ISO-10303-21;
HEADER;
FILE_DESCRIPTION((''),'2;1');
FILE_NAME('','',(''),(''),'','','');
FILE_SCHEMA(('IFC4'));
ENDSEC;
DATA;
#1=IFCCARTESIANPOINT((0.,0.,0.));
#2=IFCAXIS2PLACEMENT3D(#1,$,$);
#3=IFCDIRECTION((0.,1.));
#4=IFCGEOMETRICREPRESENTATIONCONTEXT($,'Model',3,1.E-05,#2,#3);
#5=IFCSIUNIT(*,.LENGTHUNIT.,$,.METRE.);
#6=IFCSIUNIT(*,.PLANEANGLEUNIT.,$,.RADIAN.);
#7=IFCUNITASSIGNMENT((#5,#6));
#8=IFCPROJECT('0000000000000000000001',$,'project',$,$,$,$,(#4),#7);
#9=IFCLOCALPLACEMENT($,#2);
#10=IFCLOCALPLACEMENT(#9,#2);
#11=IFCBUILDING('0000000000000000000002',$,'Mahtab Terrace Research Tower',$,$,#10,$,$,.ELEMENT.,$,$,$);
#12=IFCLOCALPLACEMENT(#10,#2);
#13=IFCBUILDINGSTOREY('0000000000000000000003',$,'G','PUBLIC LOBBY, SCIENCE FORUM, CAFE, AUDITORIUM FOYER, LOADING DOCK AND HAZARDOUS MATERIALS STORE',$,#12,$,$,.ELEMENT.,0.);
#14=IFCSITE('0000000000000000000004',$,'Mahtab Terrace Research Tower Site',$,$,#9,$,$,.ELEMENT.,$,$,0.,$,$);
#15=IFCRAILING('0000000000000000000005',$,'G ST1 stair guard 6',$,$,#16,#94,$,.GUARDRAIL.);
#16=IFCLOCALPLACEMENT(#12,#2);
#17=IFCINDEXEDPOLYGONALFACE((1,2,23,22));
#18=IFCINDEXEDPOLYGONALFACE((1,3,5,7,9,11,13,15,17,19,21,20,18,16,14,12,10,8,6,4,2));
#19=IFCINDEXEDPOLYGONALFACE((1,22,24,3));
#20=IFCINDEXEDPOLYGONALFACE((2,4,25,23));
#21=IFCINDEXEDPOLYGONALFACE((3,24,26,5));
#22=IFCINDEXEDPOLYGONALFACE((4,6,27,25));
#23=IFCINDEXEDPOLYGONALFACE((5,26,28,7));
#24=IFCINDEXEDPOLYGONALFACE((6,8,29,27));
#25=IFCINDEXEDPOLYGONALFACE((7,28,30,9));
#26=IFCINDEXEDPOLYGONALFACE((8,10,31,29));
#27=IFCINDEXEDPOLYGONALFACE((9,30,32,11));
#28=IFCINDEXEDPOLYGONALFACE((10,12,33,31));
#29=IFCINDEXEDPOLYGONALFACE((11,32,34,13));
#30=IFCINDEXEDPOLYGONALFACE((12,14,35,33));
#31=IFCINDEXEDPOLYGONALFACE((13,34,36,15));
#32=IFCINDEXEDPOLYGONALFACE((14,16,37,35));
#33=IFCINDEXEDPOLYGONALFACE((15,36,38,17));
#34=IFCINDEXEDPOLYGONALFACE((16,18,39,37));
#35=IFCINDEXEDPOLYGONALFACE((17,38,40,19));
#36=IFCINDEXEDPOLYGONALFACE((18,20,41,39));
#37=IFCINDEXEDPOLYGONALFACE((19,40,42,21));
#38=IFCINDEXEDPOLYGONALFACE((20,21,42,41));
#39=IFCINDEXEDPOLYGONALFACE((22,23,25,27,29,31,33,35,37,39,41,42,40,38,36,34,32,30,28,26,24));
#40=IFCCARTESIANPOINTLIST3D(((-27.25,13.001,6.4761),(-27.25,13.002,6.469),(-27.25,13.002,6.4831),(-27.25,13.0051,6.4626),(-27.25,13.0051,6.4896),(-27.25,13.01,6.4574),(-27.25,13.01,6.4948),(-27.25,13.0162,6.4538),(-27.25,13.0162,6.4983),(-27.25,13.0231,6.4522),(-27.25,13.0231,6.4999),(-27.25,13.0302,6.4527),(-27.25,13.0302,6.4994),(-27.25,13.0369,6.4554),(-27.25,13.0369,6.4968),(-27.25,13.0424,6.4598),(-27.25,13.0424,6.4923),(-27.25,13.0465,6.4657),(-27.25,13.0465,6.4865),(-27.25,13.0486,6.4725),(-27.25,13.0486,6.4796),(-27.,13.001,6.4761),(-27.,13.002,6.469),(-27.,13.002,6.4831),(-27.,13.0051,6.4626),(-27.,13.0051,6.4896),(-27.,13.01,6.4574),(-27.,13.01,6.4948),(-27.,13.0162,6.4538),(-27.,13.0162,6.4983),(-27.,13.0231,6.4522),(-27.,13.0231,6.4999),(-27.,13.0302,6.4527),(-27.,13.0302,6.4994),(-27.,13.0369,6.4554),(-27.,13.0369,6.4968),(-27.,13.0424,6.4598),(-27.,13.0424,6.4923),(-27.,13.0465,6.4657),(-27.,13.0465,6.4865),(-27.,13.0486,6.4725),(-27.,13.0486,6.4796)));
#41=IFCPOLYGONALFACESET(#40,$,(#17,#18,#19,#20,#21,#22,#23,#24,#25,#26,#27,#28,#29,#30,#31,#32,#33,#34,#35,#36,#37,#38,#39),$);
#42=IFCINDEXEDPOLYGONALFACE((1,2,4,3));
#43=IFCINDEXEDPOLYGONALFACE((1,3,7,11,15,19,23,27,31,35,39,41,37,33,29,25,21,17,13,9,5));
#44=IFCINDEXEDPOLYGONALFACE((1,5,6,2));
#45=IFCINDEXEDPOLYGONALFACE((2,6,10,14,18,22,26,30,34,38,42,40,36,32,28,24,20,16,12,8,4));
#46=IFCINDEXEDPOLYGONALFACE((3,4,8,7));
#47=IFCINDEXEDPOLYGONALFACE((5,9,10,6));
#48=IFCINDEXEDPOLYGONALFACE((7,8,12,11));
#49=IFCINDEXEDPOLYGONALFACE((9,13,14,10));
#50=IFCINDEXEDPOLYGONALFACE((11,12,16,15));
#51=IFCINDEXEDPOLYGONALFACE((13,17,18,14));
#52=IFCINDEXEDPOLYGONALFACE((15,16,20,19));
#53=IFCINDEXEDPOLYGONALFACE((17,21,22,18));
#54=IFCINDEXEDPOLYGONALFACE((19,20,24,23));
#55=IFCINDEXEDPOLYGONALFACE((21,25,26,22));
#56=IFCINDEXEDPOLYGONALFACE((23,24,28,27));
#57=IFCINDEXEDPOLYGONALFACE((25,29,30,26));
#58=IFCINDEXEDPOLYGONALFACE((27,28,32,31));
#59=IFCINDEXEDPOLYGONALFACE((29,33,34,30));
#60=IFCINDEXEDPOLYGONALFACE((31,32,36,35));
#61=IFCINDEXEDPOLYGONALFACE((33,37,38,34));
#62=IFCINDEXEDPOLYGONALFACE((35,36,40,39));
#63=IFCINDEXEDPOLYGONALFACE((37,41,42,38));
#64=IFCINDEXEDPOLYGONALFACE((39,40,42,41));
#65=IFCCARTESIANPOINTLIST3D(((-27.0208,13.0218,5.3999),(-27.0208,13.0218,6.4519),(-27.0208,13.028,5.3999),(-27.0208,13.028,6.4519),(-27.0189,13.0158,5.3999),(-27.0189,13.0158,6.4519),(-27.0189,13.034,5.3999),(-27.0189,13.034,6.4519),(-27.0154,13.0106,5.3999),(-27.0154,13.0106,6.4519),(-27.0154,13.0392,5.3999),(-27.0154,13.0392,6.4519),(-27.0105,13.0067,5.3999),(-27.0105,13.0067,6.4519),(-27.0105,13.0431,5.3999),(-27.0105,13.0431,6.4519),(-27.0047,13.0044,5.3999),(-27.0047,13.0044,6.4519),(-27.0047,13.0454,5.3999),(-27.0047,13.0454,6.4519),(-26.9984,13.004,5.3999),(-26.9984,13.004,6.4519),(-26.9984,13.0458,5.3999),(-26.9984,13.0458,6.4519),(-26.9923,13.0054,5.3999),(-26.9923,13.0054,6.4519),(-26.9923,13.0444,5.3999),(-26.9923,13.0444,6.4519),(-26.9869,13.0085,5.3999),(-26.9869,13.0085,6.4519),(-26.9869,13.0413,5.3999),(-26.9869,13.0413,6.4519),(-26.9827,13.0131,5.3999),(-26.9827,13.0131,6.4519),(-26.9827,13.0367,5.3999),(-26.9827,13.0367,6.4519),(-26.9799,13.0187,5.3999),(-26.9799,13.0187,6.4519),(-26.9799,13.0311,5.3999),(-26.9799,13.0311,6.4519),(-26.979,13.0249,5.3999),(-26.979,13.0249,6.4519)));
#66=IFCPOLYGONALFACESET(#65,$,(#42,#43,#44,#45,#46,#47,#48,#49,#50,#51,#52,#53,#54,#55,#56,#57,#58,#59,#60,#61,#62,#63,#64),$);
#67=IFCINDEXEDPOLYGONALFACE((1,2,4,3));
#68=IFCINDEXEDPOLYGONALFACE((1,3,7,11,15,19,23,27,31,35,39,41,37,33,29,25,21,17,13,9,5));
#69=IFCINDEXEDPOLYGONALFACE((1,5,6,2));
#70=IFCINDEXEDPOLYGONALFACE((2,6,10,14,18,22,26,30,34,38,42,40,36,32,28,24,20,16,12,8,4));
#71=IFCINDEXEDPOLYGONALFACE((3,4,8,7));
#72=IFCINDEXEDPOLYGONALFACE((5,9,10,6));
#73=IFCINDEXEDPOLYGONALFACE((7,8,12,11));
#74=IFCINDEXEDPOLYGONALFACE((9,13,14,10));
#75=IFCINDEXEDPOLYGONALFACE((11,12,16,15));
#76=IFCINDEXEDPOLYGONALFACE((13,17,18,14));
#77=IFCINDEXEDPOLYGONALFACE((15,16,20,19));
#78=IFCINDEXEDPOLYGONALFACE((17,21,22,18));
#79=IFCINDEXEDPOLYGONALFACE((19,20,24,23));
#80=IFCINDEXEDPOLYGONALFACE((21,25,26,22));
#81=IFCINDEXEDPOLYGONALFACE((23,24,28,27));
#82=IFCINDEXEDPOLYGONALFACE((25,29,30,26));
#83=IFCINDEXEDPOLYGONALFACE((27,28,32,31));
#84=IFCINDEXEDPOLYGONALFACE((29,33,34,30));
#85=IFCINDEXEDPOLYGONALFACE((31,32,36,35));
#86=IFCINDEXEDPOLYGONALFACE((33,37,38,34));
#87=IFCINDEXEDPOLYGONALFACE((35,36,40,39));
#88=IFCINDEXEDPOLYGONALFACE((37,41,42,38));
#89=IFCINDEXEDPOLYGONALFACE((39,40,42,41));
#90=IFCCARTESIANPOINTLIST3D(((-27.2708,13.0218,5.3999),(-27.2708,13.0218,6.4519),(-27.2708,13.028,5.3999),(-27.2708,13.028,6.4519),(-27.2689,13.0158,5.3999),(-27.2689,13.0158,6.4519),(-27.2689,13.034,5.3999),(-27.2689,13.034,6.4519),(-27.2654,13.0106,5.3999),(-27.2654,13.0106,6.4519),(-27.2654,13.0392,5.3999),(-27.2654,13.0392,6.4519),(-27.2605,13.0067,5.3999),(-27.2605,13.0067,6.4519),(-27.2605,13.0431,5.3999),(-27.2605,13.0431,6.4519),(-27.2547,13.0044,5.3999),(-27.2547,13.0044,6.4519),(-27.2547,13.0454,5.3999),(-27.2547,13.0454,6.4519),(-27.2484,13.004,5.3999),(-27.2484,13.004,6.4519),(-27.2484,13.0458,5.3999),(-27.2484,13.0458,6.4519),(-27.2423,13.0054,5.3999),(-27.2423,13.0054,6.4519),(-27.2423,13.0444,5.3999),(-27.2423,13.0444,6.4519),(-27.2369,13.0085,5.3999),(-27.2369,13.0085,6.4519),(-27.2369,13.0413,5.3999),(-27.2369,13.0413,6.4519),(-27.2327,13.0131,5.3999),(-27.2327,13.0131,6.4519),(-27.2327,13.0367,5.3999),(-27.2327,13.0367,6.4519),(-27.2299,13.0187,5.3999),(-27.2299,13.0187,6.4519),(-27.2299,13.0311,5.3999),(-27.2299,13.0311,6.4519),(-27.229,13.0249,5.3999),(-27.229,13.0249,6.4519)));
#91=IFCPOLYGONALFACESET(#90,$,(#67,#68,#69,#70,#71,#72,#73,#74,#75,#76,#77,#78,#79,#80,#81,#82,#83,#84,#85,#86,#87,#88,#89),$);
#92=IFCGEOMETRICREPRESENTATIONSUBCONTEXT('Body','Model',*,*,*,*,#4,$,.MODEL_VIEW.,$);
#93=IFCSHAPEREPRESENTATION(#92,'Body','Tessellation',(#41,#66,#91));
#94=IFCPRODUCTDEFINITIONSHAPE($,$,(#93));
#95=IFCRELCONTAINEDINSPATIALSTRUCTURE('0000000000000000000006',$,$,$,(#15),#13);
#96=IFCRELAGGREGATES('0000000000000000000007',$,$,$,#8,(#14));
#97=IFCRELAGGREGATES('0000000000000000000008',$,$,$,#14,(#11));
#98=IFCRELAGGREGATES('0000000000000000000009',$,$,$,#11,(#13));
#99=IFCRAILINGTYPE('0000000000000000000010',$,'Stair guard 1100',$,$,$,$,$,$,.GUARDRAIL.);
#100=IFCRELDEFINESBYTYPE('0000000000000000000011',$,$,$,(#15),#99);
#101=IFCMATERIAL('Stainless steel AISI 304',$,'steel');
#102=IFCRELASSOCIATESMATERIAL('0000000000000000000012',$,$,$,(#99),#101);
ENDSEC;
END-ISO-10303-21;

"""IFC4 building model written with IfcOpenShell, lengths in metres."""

from ifc_helpers import new_model, si_unit, direction, frame, origin, origin_2d, place, context, subcontext, project, spatial, circle, extrude, material, type_object, element, save


model = new_model("IFC4")

# Units and contexts
model_context = context("Model", 3, precision=1e-05, world=origin(), true_north=direction((0.0, 1.0)))
body_context = subcontext(model_context, "Body", "Model", "MODEL_VIEW")
ifc_project = project(units=[si_unit("LENGTHUNIT", "METRE"), si_unit("PLANEANGLEUNIT", "RADIAN")], contexts=[model_context])

# Site, building, storey
site_placement = place(None, origin())
site = spatial("IfcSite", under=ifc_project, at=site_placement, Name="Mahtab Terrace Research Tower Site", CompositionType="ELEMENT", RefElevation=0.0)
building_placement = place(site_placement, origin())
building = spatial("IfcBuilding", under=site, at=building_placement, Name="Mahtab Terrace Research Tower", CompositionType="ELEMENT")
storey_placement = place(building_placement, origin())
storey = spatial("IfcBuildingStorey", under=building, at=storey_placement, Name="G", Description="PUBLIC LOBBY, SCIENCE FORUM, CAFE, AUDITORIUM FOYER, LOADING DOCK AND HAZARDOUS MATERIALS STORE", CompositionType="ELEMENT", Elevation=0.0)

# Railing
ifc_material_1 = material(Name="Stainless steel AISI 304", Category="steel")
railing_type_1 = type_object("IfcRailingType", Name="Stair guard 1100", PredefinedType="GUARDRAIL", material=ifc_material_1)
railing_1_placement = place(storey_placement, frame((-27.0, 13.0249, 5.3999)))
element("IfcRailing", 1, at=railing_1_placement, inside=storey, type_object=railing_type_1, Name="G ST1 stair guard 6", PredefinedType="GUARDRAIL", context=body_context, shape_type="SweptSolid", body=[
    extrude(circle(Radius=0.0239, at=origin_2d()), frame((0.0, 0.0, 1.0762), z_axis=(-1.0, 0.0, 0.0), x_axis=(0.0, -1.0, 0.0)), (0.0, 0.0, 1.0), 0.25),
    extrude(circle(Radius=0.021, at=origin_2d()), origin(), (0.0, 0.0, 1.0), 1.052),
    extrude(circle(Radius=0.021, at=origin_2d()), frame((-0.25, 0.0, 0.0)), (0.0, 0.0, 1.0), 1.052),
])

save(model, "model.ifc")
